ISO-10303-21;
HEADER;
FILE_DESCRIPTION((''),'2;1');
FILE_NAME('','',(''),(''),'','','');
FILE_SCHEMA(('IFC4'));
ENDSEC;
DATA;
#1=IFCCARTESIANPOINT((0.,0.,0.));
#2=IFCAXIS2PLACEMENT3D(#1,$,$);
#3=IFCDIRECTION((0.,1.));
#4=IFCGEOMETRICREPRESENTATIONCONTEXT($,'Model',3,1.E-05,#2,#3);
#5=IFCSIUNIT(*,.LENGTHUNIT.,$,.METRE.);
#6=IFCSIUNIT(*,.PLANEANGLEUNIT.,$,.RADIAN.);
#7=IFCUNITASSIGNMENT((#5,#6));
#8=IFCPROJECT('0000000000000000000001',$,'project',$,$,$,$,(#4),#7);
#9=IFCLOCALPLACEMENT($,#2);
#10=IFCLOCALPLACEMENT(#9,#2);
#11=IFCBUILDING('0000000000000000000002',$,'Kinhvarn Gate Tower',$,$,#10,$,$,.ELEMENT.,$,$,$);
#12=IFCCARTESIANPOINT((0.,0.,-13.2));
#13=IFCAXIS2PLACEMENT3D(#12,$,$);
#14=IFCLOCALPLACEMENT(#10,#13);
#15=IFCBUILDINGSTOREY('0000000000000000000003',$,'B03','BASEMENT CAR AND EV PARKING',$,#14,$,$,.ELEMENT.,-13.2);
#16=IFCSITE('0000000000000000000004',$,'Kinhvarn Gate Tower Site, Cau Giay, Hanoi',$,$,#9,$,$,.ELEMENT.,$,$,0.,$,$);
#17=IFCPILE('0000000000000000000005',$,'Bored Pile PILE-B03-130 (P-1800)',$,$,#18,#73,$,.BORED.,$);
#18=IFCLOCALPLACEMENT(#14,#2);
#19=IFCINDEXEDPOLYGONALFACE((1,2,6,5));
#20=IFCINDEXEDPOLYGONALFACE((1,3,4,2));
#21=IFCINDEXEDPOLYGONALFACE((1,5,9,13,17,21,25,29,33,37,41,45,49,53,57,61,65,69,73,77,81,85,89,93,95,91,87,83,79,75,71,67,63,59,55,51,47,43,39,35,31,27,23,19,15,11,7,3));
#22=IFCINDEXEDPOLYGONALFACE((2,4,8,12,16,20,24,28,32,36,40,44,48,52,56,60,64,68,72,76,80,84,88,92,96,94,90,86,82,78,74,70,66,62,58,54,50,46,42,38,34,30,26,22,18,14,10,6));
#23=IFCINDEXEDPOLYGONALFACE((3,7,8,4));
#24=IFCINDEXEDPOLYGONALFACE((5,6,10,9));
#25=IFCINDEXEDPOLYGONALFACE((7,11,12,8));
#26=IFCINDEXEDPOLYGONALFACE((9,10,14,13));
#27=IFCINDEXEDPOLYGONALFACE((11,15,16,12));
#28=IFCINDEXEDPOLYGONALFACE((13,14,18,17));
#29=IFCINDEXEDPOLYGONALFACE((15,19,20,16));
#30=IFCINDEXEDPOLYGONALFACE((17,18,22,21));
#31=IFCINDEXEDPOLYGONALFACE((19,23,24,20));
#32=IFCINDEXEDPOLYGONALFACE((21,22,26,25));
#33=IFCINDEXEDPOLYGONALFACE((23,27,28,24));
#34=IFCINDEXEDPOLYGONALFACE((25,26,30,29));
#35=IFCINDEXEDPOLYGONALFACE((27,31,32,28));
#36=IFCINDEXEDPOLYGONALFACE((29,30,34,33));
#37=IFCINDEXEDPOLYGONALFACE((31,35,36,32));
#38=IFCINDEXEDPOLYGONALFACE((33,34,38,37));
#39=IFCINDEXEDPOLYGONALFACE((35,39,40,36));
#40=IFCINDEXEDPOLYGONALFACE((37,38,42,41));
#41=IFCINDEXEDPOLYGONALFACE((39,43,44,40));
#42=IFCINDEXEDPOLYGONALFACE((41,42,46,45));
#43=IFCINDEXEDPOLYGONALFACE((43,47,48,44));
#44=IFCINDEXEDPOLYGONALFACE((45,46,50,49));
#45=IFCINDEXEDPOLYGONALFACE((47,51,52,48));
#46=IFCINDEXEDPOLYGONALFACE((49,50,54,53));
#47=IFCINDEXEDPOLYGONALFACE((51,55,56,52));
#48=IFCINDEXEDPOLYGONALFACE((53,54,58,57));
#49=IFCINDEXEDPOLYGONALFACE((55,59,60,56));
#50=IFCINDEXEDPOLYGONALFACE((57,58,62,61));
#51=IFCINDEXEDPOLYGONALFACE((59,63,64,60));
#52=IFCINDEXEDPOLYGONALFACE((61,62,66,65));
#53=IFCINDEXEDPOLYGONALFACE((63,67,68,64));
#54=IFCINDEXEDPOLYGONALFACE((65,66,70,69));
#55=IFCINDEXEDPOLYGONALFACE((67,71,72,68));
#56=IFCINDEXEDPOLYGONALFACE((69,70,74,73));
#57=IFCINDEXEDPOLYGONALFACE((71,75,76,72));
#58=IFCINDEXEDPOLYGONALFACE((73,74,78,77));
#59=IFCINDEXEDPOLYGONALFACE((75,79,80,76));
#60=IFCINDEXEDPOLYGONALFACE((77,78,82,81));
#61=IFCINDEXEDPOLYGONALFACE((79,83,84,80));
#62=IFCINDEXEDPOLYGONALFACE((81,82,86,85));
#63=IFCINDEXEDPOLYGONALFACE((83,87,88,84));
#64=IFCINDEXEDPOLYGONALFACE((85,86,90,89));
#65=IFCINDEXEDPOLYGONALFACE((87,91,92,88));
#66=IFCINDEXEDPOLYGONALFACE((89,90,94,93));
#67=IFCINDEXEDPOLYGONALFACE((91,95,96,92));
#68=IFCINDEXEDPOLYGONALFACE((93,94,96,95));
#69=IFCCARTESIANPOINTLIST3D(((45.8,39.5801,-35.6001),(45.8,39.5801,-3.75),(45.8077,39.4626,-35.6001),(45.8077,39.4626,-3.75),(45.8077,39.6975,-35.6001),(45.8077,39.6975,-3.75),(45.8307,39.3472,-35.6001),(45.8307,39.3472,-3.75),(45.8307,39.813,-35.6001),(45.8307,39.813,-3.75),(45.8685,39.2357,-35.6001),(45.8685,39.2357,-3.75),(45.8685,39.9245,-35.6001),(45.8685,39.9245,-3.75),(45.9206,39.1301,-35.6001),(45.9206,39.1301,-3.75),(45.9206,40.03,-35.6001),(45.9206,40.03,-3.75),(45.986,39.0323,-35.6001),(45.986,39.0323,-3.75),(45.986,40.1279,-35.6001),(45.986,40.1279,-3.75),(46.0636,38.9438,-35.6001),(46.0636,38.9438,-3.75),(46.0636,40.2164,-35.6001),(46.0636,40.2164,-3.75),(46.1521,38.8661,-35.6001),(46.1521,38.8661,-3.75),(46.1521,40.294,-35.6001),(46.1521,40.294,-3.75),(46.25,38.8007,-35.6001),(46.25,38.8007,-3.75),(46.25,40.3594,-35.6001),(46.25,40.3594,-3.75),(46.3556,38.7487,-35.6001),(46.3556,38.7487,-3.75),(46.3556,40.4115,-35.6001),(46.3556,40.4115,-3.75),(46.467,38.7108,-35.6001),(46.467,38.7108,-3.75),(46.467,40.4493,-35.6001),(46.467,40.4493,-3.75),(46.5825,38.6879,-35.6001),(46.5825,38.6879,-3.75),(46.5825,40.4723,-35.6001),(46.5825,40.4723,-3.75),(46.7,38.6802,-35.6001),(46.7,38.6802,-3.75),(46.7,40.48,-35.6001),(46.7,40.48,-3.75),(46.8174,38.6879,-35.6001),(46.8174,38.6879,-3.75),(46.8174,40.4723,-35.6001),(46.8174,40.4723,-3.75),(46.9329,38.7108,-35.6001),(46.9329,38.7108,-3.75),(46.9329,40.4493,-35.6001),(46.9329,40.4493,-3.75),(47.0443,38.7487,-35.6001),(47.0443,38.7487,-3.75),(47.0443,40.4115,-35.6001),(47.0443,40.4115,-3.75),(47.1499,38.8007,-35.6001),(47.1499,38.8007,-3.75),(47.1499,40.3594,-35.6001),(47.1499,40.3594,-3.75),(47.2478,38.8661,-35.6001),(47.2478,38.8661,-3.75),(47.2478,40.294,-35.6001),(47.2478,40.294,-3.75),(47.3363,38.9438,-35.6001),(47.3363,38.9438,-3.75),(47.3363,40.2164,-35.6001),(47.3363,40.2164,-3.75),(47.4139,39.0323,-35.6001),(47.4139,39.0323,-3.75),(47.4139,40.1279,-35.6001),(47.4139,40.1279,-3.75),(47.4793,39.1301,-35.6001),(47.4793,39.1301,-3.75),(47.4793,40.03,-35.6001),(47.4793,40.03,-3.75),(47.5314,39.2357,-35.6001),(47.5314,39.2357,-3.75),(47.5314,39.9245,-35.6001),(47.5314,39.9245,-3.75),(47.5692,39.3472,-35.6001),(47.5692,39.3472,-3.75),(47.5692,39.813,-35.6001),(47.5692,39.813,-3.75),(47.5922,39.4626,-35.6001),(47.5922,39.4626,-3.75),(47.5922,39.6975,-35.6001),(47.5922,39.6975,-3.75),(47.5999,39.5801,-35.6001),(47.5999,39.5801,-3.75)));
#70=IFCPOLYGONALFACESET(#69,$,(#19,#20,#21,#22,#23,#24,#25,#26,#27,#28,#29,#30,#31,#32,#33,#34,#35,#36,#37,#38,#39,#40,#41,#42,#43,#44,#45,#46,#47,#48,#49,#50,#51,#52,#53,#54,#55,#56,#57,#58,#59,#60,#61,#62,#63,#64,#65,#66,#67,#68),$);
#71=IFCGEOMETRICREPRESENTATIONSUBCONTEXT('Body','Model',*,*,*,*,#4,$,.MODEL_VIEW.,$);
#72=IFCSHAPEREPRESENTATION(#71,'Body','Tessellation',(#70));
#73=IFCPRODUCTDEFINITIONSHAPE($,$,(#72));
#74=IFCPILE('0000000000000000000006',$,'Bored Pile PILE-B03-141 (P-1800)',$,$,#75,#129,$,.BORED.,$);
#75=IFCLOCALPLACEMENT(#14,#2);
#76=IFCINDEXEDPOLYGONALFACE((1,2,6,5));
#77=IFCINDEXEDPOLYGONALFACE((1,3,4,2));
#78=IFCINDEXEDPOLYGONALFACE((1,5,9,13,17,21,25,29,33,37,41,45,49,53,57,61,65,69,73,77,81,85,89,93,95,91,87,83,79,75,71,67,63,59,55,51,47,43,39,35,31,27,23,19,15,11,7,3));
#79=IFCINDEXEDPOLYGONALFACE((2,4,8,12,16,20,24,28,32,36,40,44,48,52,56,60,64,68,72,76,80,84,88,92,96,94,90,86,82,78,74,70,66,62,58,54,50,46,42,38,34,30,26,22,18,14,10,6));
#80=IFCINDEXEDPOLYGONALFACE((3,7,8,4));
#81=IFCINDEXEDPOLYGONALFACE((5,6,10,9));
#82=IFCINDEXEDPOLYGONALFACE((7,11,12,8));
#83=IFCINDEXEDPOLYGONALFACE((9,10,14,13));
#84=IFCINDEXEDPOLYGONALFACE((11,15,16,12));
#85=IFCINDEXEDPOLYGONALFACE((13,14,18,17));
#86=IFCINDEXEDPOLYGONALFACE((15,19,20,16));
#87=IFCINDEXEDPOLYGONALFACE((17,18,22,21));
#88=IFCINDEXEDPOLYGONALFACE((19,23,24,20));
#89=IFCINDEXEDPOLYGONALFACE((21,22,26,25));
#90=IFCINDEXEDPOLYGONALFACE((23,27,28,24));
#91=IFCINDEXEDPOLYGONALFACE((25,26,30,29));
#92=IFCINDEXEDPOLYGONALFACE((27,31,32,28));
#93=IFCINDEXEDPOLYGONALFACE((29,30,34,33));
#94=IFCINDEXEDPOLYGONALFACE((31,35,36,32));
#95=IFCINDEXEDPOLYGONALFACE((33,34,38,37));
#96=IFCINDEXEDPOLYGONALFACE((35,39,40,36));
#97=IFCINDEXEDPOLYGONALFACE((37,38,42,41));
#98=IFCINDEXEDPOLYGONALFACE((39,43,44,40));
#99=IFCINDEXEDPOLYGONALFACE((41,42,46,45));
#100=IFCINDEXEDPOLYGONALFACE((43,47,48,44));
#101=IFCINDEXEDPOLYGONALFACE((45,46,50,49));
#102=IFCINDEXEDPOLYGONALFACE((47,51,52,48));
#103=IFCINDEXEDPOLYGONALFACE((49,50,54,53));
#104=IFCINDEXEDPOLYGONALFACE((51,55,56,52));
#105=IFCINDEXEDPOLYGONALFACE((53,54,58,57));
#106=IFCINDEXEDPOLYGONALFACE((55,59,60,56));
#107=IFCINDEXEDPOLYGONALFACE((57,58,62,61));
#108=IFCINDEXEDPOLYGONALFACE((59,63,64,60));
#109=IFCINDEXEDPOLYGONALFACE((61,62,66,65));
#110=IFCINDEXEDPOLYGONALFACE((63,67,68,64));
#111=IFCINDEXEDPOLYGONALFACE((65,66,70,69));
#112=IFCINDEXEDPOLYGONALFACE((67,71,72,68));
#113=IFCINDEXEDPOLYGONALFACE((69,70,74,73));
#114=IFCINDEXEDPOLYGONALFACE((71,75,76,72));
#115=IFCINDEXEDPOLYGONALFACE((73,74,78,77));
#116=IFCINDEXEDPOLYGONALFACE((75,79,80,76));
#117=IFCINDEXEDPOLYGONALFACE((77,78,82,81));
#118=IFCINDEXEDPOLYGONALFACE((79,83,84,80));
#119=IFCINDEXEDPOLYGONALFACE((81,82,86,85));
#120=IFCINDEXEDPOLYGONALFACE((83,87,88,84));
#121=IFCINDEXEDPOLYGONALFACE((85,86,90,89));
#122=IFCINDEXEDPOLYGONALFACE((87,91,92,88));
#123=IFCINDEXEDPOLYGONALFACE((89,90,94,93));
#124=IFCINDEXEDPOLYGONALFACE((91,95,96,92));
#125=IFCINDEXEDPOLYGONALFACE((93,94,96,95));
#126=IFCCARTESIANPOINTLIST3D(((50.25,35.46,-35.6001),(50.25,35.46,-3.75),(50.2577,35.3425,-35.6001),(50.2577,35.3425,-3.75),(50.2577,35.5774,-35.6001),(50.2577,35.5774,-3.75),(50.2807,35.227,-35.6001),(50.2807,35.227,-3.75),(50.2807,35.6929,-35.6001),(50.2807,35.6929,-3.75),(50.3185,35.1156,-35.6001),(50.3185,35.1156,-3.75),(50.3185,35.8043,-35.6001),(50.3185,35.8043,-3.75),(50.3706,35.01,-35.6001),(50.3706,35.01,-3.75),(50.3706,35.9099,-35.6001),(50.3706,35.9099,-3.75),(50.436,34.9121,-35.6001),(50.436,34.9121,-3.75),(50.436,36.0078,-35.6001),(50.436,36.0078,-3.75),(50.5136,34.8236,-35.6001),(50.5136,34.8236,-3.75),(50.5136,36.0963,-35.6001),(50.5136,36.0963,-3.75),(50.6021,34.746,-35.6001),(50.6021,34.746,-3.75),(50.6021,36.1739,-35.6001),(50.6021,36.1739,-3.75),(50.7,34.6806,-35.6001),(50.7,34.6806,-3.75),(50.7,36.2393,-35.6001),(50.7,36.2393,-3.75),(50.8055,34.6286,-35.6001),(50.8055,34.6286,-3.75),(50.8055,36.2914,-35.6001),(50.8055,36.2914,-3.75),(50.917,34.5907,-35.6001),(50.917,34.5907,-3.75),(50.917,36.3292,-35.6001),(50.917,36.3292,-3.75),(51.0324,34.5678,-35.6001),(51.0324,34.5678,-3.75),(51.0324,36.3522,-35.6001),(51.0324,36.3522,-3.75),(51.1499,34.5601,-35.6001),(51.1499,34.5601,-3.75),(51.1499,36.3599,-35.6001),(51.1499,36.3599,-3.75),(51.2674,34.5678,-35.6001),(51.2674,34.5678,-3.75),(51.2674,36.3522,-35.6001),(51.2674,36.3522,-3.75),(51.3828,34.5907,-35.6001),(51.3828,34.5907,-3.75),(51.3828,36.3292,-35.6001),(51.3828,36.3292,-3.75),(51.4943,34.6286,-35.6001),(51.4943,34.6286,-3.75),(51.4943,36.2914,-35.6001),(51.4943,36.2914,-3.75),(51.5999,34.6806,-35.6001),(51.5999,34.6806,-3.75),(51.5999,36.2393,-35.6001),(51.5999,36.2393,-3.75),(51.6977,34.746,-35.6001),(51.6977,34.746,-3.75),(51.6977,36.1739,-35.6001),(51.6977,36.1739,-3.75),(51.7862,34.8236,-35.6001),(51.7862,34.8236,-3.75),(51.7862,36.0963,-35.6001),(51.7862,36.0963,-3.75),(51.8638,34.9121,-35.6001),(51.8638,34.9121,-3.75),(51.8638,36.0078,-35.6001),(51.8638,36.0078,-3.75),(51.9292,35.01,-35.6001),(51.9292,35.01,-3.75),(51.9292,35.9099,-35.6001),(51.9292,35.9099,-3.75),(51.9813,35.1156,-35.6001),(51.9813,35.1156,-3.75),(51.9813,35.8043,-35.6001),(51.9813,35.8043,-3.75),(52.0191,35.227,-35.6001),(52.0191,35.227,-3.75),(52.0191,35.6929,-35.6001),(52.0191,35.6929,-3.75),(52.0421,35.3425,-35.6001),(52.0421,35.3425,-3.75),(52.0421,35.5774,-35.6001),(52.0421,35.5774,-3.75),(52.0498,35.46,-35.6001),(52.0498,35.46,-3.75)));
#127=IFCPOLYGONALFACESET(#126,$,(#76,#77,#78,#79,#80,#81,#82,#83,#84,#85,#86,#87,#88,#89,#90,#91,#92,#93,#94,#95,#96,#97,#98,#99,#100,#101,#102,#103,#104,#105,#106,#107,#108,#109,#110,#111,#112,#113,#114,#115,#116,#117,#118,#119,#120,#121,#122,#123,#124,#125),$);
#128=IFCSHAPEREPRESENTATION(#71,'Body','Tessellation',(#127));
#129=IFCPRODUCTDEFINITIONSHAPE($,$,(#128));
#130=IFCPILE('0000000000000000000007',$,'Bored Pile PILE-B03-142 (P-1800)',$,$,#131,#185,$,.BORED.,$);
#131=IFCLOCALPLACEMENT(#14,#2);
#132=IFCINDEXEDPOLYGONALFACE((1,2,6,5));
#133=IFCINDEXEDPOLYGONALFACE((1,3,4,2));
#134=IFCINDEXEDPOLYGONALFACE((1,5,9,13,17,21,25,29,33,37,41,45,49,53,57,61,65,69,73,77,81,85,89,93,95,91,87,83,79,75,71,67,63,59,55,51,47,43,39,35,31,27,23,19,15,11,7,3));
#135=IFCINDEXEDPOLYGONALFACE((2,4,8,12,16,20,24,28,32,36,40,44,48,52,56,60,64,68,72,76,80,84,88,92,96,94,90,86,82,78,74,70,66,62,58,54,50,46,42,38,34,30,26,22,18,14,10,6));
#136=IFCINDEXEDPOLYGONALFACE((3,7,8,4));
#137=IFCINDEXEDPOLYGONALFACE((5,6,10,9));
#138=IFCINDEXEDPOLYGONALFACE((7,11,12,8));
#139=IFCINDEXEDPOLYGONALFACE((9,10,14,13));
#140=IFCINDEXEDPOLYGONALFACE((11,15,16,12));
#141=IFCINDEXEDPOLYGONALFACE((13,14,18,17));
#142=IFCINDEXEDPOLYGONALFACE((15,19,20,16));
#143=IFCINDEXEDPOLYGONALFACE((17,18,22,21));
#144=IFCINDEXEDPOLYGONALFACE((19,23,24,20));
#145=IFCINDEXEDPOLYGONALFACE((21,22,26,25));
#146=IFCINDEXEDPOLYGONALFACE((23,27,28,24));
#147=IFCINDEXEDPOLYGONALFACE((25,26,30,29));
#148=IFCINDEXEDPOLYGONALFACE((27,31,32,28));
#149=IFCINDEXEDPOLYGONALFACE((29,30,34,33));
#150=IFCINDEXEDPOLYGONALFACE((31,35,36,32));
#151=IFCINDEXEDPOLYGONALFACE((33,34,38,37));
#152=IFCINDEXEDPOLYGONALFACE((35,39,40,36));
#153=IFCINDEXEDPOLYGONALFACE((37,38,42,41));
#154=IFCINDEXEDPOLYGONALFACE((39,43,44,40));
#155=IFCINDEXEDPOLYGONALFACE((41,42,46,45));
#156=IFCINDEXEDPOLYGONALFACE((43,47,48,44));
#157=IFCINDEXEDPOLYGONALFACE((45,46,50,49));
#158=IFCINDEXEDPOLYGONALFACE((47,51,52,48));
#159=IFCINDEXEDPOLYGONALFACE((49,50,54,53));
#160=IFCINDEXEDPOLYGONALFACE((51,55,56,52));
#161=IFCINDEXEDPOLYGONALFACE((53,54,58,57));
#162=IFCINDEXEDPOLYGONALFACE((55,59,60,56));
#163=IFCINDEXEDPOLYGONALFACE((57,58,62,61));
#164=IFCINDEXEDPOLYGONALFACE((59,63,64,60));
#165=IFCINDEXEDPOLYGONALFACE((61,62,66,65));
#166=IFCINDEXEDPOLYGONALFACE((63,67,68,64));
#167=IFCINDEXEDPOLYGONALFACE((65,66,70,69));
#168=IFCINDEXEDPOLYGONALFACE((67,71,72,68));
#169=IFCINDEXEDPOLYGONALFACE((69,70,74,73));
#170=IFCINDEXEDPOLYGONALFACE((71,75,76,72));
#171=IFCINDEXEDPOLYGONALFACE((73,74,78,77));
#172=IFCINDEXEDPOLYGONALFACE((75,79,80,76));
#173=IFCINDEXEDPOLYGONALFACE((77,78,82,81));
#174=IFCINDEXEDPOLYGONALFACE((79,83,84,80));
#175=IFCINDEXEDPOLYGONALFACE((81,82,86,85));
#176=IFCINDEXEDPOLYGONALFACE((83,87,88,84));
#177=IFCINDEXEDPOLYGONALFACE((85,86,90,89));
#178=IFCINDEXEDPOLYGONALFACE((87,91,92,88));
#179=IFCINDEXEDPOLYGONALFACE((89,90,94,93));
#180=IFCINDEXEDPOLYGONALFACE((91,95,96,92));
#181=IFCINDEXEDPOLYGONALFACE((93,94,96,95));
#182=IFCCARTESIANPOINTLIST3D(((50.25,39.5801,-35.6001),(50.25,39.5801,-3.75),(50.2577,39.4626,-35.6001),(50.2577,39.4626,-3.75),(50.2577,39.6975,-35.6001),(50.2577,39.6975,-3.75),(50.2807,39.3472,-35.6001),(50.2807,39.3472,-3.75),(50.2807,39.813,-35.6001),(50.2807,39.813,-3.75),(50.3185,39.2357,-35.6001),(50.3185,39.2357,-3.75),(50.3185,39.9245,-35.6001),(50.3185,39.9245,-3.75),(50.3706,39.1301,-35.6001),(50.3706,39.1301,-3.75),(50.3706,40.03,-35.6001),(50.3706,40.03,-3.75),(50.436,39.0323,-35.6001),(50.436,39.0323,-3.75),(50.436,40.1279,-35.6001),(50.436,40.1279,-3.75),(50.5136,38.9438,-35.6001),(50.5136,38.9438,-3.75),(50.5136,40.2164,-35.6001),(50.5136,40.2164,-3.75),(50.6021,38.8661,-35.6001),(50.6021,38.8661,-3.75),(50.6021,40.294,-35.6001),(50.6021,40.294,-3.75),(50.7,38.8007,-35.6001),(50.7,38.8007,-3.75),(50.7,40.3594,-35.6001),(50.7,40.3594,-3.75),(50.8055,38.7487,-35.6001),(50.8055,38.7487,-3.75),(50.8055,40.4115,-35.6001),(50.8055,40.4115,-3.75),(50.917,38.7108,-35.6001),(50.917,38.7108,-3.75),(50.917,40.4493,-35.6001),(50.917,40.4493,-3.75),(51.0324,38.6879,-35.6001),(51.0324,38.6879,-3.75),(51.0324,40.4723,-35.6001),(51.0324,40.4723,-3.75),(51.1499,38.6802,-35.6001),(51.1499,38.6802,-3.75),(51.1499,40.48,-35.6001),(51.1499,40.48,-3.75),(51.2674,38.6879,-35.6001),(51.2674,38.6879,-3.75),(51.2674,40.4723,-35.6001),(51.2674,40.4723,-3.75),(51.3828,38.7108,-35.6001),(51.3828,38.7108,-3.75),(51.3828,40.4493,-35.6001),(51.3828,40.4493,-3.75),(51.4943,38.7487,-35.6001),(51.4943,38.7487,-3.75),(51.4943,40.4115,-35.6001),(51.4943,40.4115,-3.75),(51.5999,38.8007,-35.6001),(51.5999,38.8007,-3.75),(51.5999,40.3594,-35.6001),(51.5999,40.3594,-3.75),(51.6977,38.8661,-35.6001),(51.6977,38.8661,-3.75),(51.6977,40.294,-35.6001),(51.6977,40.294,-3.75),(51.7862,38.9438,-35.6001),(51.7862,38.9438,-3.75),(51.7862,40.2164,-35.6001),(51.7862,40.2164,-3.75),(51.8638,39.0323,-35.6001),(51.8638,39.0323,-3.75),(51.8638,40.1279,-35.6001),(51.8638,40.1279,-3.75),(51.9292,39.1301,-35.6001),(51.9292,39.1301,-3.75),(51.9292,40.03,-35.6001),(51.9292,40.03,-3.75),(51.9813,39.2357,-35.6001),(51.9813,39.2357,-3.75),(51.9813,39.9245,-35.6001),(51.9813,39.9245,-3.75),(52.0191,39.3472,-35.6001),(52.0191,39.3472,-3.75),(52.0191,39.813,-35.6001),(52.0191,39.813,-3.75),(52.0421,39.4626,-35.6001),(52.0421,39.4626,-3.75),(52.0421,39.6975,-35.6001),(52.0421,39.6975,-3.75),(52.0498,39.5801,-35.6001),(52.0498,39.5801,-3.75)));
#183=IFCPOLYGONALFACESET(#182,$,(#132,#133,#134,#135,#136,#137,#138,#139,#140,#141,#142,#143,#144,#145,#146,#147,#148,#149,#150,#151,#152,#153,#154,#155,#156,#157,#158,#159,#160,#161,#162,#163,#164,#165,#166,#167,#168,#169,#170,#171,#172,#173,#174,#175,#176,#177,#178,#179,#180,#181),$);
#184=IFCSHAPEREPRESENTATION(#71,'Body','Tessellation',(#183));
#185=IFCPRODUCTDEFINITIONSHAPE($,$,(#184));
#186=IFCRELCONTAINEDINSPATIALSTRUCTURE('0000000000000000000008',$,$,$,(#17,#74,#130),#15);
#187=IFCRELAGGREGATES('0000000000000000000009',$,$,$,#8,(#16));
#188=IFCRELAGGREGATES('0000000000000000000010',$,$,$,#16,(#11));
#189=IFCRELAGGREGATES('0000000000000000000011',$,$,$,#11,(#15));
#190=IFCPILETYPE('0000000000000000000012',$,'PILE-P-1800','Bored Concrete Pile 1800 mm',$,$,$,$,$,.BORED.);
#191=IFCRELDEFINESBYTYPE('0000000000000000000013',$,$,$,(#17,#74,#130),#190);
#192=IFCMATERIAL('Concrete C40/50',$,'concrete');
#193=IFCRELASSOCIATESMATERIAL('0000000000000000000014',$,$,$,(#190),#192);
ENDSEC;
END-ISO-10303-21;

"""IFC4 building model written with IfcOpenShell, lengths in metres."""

from ifc_helpers import new_model, si_unit, direction, frame, origin, origin_2d, place, context, subcontext, project, spatial, circle, extrude, material, material_profile, profile_set, type_object, element, save


model = new_model("IFC4")

# Units and contexts
model_context = context("Model", 3, precision=1e-05, world=origin(), true_north=direction((0.0, 1.0)))
body_context = subcontext(model_context, "Body", "Model", "MODEL_VIEW")
ifc_project = project(units=[si_unit("LENGTHUNIT", "METRE"), si_unit("PLANEANGLEUNIT", "RADIAN")], contexts=[model_context])

# Site, building, storey
site_placement = place(None, origin())
site = spatial("IfcSite", under=ifc_project, at=site_placement, Name="Kinhvarn Gate Tower Site, Cau Giay, Hanoi", CompositionType="ELEMENT", RefElevation=0.0)
building_placement = place(site_placement, origin())
building = spatial("IfcBuilding", under=site, at=building_placement, Name="Kinhvarn Gate Tower", CompositionType="ELEMENT")
storey_placement = place(building_placement, frame((0.0, 0.0, -13.2)))
storey = spatial("IfcBuildingStorey", under=building, at=storey_placement, Name="B03", Description="BASEMENT CAR AND EV PARKING", CompositionType="ELEMENT", Elevation=-13.2)

# Piles
ifc_material = material(Name="Concrete C40/50", Category="concrete")
ifc_material_profile_1 = material_profile(ifc_material, circle(Radius=0.8999, at=origin_2d()), Name="PILE D1800")
ifc_profile_set_1 = profile_set([ifc_material_profile_1], Name="Concrete C40/50")
pile_type_1 = type_object("IfcPileType", Name="PILE-P-1800", Description="Bored Concrete Pile 1800 mm", PredefinedType="BORED", material=ifc_profile_set_1)
for number, where, z_axis, x_axis, name in (
    (1, (46.7, 39.5801, -35.6001), (0.0, 0.0, 1.0), (1.0, 0.0, 0.0), "Bored Pile PILE-B03-130 (P-1800)"),
    (2, (51.1499, 35.46, -35.6001), (0.0, 0.0, 1.0), (1.0, 0.0, 0.0), "Bored Pile PILE-B03-141 (P-1800)"),
    (3, (51.1499, 39.5801, -35.6001), (0.0, 0.0, 1.0), (1.0, 0.0, 0.0), "Bored Pile PILE-B03-142 (P-1800)"),
):
    element("IfcPile", number, at=place(storey_placement, frame(where, z_axis=z_axis, x_axis=x_axis)), inside=storey, type_object=pile_type_1, Name=name, PredefinedType="BORED", context=body_context, shape_type="SweptSolid", body=[
        extrude(circle(Radius=0.8999, at=origin_2d()), origin(), (0.0, 0.0, 1.0), 31.8501),
    ])

save(model, "model.ifc")
